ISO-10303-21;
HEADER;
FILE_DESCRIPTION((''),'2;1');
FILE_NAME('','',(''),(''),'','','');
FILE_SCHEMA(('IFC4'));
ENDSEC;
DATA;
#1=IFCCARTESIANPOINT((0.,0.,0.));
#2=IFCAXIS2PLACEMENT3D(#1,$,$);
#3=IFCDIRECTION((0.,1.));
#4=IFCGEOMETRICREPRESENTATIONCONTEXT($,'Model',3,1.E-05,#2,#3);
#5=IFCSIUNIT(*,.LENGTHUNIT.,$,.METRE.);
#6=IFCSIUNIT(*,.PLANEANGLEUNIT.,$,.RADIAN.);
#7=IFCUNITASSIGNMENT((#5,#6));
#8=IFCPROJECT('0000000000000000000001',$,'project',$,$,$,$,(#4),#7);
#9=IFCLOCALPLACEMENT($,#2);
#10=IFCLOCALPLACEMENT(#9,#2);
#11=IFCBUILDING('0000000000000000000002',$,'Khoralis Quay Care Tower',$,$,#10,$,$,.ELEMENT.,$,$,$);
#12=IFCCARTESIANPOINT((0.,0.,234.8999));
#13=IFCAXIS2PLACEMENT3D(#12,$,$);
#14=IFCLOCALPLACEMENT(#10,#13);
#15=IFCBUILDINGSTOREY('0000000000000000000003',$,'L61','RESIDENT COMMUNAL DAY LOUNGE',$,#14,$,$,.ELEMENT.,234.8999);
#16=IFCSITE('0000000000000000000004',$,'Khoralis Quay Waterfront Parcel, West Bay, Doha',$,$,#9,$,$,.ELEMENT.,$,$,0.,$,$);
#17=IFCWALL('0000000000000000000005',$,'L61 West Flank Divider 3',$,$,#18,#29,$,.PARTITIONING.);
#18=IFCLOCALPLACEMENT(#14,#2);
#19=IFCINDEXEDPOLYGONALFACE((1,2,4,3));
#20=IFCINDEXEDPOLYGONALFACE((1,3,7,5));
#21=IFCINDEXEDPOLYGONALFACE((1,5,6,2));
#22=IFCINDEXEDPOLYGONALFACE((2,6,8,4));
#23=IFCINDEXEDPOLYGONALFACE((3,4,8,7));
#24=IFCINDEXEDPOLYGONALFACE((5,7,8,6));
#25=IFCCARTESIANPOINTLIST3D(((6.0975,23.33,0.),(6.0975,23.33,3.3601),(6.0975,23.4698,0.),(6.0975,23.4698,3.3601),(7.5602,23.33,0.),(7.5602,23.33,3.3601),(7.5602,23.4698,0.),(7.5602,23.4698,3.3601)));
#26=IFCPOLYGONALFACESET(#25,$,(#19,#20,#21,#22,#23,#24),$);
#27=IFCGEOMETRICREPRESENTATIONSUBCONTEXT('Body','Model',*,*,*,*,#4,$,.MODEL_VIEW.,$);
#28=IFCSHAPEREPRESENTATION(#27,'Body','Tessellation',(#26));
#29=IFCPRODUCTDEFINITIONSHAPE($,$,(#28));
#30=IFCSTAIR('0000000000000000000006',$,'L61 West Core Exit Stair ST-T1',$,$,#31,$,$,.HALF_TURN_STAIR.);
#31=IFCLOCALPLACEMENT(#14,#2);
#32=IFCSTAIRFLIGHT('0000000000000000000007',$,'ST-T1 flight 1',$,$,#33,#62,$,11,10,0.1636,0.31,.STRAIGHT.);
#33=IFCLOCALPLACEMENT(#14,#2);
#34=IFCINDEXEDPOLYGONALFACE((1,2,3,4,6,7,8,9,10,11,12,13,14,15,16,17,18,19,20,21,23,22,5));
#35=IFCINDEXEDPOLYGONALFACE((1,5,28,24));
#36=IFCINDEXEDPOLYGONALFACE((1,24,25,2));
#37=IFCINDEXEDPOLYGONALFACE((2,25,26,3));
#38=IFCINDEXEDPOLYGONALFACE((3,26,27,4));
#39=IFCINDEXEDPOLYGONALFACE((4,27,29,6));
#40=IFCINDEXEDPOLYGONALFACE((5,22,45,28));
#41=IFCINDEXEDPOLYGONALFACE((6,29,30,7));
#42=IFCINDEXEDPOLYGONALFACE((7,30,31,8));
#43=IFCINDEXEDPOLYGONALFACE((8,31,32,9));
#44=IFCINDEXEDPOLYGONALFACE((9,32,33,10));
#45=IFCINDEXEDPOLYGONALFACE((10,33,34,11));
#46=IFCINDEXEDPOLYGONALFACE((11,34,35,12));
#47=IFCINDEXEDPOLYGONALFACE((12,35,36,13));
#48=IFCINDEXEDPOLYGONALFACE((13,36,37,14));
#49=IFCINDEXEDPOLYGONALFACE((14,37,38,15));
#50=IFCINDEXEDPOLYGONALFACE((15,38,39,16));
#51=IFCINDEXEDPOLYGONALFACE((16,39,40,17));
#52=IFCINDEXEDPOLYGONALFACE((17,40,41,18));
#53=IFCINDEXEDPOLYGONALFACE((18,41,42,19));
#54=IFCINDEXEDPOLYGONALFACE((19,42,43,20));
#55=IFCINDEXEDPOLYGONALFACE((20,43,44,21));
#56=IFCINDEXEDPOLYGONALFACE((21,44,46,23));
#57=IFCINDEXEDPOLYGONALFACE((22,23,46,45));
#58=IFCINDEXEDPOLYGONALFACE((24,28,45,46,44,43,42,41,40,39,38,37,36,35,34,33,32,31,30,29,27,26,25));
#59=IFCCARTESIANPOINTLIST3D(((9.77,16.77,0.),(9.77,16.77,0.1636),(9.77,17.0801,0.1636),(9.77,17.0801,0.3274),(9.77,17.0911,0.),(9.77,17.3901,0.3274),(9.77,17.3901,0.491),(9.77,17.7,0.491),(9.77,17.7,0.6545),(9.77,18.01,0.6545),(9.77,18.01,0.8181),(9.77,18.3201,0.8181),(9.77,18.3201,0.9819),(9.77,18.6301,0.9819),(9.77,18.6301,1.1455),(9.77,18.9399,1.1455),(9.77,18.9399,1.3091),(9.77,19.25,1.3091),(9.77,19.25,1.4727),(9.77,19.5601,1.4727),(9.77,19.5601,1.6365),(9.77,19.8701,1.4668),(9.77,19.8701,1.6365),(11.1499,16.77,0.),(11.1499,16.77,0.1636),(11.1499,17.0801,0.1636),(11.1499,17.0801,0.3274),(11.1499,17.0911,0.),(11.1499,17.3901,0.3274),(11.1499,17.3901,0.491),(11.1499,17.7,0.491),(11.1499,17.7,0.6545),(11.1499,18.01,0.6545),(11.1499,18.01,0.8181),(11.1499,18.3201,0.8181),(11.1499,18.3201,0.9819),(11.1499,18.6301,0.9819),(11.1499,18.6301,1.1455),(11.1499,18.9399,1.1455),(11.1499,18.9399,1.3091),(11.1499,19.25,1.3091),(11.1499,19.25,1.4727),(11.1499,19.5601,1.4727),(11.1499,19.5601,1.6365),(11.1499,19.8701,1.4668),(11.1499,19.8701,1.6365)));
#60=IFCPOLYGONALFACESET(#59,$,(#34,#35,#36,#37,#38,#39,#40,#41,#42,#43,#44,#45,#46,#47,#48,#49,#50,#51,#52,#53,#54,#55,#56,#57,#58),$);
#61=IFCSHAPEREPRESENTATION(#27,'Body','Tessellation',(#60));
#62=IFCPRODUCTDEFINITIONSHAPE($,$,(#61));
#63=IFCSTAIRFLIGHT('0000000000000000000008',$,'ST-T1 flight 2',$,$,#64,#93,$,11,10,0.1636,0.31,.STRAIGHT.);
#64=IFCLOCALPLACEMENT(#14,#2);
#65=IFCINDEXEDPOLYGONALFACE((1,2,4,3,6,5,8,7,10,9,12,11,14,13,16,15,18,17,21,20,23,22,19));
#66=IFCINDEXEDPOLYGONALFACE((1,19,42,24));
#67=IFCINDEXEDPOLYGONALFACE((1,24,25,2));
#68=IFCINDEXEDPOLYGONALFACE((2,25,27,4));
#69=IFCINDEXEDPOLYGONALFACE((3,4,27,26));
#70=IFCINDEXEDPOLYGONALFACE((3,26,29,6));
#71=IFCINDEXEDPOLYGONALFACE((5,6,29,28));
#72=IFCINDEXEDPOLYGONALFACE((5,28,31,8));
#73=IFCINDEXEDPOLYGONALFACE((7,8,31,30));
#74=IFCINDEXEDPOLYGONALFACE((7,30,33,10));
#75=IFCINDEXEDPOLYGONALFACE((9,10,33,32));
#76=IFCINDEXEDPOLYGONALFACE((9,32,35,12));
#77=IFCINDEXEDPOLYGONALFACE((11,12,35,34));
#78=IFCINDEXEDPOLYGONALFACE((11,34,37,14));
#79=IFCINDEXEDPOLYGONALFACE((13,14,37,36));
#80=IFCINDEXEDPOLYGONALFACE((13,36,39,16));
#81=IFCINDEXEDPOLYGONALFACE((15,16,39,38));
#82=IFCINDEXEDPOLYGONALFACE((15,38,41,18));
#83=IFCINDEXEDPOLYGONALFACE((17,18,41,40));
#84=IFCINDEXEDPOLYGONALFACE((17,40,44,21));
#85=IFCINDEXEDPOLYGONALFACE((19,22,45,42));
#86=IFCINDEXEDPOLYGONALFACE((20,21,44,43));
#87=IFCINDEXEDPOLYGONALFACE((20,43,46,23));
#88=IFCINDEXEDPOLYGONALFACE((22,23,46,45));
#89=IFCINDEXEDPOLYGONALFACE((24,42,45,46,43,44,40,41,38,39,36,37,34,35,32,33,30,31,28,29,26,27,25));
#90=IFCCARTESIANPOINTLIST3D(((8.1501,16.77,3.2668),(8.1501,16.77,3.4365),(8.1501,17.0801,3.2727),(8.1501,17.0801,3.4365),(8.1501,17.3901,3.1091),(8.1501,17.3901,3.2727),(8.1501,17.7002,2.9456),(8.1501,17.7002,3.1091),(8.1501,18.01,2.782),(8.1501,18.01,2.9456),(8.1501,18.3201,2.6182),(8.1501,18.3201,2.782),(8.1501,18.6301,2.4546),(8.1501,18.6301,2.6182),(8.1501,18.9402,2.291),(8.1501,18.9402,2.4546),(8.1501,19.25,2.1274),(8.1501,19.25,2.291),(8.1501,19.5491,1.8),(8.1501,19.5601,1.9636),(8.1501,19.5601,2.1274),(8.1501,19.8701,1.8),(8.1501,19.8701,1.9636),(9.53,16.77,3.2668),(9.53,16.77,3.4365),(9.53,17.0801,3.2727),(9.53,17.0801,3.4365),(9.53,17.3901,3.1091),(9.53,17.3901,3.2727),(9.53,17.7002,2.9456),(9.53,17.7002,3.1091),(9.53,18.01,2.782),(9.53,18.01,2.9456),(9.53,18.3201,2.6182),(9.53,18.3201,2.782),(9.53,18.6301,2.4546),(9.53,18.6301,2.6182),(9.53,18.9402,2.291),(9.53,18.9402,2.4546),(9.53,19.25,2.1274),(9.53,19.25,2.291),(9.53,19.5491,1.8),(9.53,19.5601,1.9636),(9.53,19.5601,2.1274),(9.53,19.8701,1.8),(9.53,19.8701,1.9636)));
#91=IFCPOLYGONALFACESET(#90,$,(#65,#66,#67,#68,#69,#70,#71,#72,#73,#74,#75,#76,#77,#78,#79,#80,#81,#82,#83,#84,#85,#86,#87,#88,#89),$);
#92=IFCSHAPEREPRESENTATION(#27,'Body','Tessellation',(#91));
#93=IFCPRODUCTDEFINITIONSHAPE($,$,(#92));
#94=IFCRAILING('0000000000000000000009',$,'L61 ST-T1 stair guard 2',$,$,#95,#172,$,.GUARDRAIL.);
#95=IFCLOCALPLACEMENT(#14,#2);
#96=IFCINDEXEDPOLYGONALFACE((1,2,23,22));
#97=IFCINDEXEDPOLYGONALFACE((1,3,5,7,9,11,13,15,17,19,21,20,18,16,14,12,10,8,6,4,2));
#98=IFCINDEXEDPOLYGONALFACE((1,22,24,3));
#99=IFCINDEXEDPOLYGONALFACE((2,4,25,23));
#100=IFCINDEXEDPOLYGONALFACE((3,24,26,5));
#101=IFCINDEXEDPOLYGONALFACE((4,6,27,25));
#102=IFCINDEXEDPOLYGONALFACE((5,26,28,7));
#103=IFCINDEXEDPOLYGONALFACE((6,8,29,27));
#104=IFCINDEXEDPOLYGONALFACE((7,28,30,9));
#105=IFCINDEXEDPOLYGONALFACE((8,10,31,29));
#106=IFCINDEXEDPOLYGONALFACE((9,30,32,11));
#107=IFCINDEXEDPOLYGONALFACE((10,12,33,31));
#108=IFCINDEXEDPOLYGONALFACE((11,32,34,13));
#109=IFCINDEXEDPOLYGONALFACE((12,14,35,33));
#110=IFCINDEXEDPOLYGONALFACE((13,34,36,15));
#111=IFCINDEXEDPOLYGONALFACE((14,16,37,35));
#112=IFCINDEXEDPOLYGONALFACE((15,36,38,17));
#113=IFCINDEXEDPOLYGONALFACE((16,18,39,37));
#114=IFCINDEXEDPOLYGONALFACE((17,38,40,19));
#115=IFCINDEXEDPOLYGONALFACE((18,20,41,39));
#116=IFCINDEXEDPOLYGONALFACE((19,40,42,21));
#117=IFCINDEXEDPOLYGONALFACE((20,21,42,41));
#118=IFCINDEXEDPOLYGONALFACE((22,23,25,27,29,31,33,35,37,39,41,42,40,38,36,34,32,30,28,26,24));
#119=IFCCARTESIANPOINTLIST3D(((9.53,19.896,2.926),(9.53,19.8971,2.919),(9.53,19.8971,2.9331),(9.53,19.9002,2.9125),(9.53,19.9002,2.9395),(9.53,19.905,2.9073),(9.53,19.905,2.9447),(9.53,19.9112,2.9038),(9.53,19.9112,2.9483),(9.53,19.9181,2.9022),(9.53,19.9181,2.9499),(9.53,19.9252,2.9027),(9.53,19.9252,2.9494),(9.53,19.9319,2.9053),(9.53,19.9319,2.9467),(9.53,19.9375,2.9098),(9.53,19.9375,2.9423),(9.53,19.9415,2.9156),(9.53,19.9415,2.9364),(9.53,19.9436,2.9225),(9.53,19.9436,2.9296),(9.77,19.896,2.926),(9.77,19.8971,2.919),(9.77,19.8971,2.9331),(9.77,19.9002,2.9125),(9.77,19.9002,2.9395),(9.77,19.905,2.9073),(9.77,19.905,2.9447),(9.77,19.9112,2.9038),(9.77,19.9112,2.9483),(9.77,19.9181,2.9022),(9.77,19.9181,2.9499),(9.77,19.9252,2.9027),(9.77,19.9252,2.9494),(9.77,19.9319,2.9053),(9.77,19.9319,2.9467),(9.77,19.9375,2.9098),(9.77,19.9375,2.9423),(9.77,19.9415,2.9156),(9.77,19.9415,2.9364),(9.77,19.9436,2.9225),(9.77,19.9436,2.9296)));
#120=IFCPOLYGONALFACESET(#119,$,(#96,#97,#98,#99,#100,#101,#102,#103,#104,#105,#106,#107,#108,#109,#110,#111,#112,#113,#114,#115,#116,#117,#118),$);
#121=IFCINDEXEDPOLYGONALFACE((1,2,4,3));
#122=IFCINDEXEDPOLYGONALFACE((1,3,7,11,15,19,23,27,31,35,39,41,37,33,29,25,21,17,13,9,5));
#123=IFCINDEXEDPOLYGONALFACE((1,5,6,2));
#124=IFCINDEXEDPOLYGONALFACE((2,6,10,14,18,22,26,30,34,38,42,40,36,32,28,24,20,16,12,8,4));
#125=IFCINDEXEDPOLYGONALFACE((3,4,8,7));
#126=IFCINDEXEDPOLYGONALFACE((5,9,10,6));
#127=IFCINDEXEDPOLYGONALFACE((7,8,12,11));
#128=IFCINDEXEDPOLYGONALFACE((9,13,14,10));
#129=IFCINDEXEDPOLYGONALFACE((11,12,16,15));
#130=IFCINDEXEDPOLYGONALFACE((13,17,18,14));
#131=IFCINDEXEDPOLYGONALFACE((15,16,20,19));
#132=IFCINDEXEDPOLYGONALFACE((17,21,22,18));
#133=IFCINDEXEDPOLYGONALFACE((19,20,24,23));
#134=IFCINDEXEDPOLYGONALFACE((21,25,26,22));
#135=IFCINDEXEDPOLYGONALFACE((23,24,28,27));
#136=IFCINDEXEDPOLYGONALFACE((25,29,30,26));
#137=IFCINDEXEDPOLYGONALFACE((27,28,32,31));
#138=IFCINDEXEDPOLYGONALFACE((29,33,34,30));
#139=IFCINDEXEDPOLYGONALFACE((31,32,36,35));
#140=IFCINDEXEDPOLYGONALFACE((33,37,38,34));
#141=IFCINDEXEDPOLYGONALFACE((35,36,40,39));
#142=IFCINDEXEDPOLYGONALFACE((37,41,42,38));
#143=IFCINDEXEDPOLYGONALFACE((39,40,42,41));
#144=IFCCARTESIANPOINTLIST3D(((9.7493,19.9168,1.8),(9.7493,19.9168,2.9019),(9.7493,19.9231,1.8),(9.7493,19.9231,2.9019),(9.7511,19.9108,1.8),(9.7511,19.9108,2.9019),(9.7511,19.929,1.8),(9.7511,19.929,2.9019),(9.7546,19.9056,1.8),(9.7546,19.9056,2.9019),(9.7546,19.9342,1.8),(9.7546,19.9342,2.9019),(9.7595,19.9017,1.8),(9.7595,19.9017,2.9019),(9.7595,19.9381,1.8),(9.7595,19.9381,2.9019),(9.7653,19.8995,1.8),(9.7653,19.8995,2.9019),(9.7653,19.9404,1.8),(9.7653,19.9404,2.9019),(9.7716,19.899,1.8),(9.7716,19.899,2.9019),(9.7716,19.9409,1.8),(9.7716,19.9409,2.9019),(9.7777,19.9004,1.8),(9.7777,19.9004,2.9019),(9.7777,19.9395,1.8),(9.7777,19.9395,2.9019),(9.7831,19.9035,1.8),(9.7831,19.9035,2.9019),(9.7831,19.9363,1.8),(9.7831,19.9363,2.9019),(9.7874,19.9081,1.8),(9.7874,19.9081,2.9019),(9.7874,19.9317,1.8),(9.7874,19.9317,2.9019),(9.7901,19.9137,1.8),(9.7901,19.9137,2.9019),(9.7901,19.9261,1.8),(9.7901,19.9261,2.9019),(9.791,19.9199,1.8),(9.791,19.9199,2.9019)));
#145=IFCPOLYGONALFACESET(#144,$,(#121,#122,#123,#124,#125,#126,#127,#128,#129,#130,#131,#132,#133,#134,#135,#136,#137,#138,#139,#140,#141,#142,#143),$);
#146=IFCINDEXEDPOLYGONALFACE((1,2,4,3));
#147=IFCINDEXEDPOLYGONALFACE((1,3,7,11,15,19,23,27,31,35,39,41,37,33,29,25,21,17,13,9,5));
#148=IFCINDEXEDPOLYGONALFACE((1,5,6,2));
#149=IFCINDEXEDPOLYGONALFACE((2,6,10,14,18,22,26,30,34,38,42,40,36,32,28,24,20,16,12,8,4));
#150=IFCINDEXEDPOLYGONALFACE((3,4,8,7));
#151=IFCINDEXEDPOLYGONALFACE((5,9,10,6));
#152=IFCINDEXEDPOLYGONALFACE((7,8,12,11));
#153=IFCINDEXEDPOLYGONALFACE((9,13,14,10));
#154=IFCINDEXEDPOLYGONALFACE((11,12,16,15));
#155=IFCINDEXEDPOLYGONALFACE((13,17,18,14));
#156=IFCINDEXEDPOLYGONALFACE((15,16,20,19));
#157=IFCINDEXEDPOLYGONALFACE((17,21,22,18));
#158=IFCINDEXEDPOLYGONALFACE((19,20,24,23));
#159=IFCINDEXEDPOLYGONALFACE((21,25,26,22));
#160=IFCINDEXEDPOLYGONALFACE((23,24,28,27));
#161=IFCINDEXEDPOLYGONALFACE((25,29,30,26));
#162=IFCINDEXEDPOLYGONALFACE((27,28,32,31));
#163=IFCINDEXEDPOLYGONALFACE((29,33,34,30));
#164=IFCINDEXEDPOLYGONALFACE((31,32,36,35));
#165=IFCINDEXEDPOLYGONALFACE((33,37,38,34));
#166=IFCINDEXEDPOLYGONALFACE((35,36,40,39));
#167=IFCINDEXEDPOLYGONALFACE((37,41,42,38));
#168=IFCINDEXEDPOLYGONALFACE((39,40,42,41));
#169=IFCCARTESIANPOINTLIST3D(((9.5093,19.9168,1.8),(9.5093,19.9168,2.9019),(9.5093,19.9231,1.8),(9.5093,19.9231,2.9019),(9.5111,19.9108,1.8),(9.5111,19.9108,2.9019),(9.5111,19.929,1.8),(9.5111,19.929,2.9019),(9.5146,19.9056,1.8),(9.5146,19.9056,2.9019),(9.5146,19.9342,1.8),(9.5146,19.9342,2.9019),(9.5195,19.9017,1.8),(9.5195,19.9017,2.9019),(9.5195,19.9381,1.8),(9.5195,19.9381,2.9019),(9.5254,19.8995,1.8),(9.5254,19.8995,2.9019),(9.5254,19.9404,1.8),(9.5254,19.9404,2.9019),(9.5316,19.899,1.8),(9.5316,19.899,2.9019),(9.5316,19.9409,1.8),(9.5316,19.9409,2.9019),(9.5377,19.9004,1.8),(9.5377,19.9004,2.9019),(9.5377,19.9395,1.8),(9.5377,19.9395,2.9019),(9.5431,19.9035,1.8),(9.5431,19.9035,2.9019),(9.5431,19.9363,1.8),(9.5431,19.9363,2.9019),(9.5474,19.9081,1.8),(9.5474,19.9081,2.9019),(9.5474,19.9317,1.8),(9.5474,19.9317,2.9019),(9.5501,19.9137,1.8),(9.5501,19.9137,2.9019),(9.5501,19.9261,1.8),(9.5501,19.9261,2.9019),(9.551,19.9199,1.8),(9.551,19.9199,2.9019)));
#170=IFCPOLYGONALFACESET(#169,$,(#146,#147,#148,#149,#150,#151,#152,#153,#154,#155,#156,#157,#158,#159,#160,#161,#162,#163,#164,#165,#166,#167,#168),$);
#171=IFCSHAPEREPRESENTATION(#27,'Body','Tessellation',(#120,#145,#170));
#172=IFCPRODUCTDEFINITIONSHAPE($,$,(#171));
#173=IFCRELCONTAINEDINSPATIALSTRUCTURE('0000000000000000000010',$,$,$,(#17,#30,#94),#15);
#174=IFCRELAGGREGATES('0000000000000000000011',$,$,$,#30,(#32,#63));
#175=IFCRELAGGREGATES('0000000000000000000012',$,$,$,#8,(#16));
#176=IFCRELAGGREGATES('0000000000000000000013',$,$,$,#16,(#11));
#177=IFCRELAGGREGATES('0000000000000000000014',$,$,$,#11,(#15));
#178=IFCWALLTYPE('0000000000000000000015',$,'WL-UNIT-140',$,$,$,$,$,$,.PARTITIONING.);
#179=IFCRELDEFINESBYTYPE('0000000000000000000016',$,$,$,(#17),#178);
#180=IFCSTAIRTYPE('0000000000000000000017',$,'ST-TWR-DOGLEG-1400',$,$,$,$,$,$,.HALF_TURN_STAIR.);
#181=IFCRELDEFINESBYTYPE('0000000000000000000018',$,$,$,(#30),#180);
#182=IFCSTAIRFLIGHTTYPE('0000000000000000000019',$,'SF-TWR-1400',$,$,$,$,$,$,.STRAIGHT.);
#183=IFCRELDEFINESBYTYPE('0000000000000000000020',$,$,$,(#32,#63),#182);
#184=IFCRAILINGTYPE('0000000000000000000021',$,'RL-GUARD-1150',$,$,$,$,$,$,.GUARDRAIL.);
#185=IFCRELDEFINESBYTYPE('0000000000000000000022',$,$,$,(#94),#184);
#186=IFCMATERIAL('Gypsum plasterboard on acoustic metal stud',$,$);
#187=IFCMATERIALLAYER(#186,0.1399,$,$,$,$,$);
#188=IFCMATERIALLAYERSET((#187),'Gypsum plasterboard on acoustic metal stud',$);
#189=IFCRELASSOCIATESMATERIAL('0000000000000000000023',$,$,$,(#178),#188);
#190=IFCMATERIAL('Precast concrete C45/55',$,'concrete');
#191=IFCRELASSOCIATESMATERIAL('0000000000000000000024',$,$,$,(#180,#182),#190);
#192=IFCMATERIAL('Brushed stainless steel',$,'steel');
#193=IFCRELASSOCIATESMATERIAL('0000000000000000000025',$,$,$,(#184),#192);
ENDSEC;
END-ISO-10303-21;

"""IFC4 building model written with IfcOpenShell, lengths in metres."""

from ifc_helpers import new_model, si_unit, direction, frame, frame_2d, origin, origin_2d, place, context, subcontext, project, spatial, polyline, rectangle, circle, outline, extrude, source, transform, mapped, material, layer, layer_set, type_object, element, aggregate, save


model = new_model("IFC4")

# Units and contexts
model_context = context("Model", 3, precision=1e-05, world=origin(), true_north=direction((0.0, 1.0)))
body_context = subcontext(model_context, "Body", "Model", "MODEL_VIEW")
ifc_project = project(units=[si_unit("LENGTHUNIT", "METRE"), si_unit("PLANEANGLEUNIT", "RADIAN")], contexts=[model_context])

# Site, building, storey
site_placement = place(None, origin())
site = spatial("IfcSite", under=ifc_project, at=site_placement, Name="Khoralis Quay Waterfront Parcel, West Bay, Doha", CompositionType="ELEMENT", RefElevation=0.0)
building_placement = place(site_placement, origin())
building = spatial("IfcBuilding", under=site, at=building_placement, Name="Khoralis Quay Care Tower", CompositionType="ELEMENT")
storey_placement = place(building_placement, frame((0.0, 0.0, 234.8999)))
storey = spatial("IfcBuildingStorey", under=building, at=storey_placement, Name="L61", Description="RESIDENT COMMUNAL DAY LOUNGE", CompositionType="ELEMENT", Elevation=234.8999)

# Shared definitions
ifc_material_1 = material(Name="Gypsum plasterboard on acoustic metal stud")

# Shared definitions
ifc_layer_1 = layer(ifc_material_1, 0.1399)
ifc_layer_set_1 = layer_set([ifc_layer_1], Name="Gypsum plasterboard on acoustic metal stud")
wall_type_1 = type_object("IfcWallType", Name="WL-UNIT-140", PredefinedType="PARTITIONING", material=ifc_layer_set_1)

# Wall
wall_1_placement = place(storey_placement, frame((6.0974, 23.3999, 0.0), z_axis=(0.0, 0.0, 1.0), x_axis=(1.0, 0.0, 0.0)))
element("IfcWall", 1, at=wall_1_placement, inside=storey, type_object=wall_type_1, Name="L61 West Flank Divider 3", PredefinedType="PARTITIONING", context=body_context, shape_type="SweptSolid", body=[
    extrude(rectangle(XDim=1.4626, YDim=0.1399, at=frame_2d((0.7314, 0.0))), origin(), (0.0, 0.0, 1.0), 3.3601),
])

# Stair, stair flights
ifc_material_2 = material(Name="Precast concrete C45/55", Category="concrete")
stair_type = type_object("IfcStairType", Name="ST-TWR-DOGLEG-1400", PredefinedType="HALF_TURN_STAIR", material=ifc_material_2)
stair_placement = place(storey_placement, origin())
stair = element("IfcStair", 2, at=stair_placement, inside=storey, type_object=stair_type, Name="L61 West Core Exit Stair ST-T1", PredefinedType="HALF_TURN_STAIR")
stair_flight_type = type_object("IfcStairFlightType", Name="SF-TWR-1400", PredefinedType="STRAIGHT", material=ifc_material_2)
shared_shape_1 = source(origin(), body_context, "Body", "SweptSolid", [
    extrude(outline(polyline([(0.0, 0.0), (0.0, 0.1636), (0.3101, 0.1636), (0.3101, 0.3274), (0.6201, 0.3274), (0.6201, 0.491), (0.9299, 0.491), (0.9299, 0.6545), (1.24, 0.6545), (1.24, 0.8181), (1.55, 0.8181), (1.55, 0.9819), (1.8601, 0.9819), (1.8601, 1.1455), (2.1699, 1.1455), (2.1699, 1.3091), (2.48, 1.3091), (2.48, 1.4727), (2.79, 1.4727), (2.79, 1.6365), (3.1001, 1.6365), (3.1001, 1.8), (3.1001, 1.4668), (0.321, 0.0), (0.0, 0.0)])), frame((0.0, 0.6899, 0.0), z_axis=(0.0, -1.0, 0.0), x_axis=(1.0, 0.0, 0.0)), (0.0, 0.0, 1.0), 1.3799),
])
stair_flight_1_placement = place(storey_placement, frame((10.46, 16.77, 0.0), z_axis=(0.0, 0.0, 1.0), x_axis=(0.0, 1.0, 0.0)))
stair_flight_1 = element("IfcStairFlight", 3, at=stair_flight_1_placement, type_object=stair_flight_type, Name="ST-T1 flight 1", NumberOfRisers=11, NumberOfTreads=10, PredefinedType="STRAIGHT", RiserHeight=0.1636, TreadLength=0.31, context=body_context, shape_type="MappedRepresentation", body=[
    mapped(shared_shape_1, transform((0.0, 0.0, 0.0), scale=1.0)),
])
stair_flight_2_placement = place(storey_placement, frame((8.8401, 19.8701, 1.8), z_axis=(0.0, 0.0, 1.0), x_axis=(0.0, -1.0, 0.0)))
stair_flight_2 = element("IfcStairFlight", 4, at=stair_flight_2_placement, type_object=stair_flight_type, Name="ST-T1 flight 2", NumberOfRisers=11, NumberOfTreads=10, PredefinedType="STRAIGHT", RiserHeight=0.1636, TreadLength=0.31, context=body_context, shape_type="MappedRepresentation", body=[
    mapped(shared_shape_1, transform((0.0, 0.0, 0.0), scale=1.0)),
])
aggregate(stair, [stair_flight_1, stair_flight_2])

# Railing
ifc_material_3 = material(Name="Brushed stainless steel", Category="steel")
railing_type_1 = type_object("IfcRailingType", Name="RL-GUARD-1150", PredefinedType="GUARDRAIL", material=ifc_material_3)
railing_1_placement = place(storey_placement, frame((9.77, 19.9199, 1.8)))
element("IfcRailing", 5, at=railing_1_placement, inside=storey, type_object=railing_type_1, Name="L61 ST-T1 stair guard 2", PredefinedType="GUARDRAIL", context=body_context, shape_type="SweptSolid", body=[
    extrude(circle(Radius=0.0239, at=origin_2d()), frame((0.0, 0.0, 1.126), z_axis=(-1.0, 0.0, 0.0), x_axis=(0.0, -1.0, 0.0)), (0.0, 0.0, 1.0), 0.24),
    extrude(circle(Radius=0.021, at=origin_2d()), origin(), (0.0, 0.0, 1.0), 1.1018),
    extrude(circle(Radius=0.021, at=origin_2d()), frame((-0.24, 0.0, 0.0)), (0.0, 0.0, 1.0), 1.1018),
])

save(model, "model.ifc")
